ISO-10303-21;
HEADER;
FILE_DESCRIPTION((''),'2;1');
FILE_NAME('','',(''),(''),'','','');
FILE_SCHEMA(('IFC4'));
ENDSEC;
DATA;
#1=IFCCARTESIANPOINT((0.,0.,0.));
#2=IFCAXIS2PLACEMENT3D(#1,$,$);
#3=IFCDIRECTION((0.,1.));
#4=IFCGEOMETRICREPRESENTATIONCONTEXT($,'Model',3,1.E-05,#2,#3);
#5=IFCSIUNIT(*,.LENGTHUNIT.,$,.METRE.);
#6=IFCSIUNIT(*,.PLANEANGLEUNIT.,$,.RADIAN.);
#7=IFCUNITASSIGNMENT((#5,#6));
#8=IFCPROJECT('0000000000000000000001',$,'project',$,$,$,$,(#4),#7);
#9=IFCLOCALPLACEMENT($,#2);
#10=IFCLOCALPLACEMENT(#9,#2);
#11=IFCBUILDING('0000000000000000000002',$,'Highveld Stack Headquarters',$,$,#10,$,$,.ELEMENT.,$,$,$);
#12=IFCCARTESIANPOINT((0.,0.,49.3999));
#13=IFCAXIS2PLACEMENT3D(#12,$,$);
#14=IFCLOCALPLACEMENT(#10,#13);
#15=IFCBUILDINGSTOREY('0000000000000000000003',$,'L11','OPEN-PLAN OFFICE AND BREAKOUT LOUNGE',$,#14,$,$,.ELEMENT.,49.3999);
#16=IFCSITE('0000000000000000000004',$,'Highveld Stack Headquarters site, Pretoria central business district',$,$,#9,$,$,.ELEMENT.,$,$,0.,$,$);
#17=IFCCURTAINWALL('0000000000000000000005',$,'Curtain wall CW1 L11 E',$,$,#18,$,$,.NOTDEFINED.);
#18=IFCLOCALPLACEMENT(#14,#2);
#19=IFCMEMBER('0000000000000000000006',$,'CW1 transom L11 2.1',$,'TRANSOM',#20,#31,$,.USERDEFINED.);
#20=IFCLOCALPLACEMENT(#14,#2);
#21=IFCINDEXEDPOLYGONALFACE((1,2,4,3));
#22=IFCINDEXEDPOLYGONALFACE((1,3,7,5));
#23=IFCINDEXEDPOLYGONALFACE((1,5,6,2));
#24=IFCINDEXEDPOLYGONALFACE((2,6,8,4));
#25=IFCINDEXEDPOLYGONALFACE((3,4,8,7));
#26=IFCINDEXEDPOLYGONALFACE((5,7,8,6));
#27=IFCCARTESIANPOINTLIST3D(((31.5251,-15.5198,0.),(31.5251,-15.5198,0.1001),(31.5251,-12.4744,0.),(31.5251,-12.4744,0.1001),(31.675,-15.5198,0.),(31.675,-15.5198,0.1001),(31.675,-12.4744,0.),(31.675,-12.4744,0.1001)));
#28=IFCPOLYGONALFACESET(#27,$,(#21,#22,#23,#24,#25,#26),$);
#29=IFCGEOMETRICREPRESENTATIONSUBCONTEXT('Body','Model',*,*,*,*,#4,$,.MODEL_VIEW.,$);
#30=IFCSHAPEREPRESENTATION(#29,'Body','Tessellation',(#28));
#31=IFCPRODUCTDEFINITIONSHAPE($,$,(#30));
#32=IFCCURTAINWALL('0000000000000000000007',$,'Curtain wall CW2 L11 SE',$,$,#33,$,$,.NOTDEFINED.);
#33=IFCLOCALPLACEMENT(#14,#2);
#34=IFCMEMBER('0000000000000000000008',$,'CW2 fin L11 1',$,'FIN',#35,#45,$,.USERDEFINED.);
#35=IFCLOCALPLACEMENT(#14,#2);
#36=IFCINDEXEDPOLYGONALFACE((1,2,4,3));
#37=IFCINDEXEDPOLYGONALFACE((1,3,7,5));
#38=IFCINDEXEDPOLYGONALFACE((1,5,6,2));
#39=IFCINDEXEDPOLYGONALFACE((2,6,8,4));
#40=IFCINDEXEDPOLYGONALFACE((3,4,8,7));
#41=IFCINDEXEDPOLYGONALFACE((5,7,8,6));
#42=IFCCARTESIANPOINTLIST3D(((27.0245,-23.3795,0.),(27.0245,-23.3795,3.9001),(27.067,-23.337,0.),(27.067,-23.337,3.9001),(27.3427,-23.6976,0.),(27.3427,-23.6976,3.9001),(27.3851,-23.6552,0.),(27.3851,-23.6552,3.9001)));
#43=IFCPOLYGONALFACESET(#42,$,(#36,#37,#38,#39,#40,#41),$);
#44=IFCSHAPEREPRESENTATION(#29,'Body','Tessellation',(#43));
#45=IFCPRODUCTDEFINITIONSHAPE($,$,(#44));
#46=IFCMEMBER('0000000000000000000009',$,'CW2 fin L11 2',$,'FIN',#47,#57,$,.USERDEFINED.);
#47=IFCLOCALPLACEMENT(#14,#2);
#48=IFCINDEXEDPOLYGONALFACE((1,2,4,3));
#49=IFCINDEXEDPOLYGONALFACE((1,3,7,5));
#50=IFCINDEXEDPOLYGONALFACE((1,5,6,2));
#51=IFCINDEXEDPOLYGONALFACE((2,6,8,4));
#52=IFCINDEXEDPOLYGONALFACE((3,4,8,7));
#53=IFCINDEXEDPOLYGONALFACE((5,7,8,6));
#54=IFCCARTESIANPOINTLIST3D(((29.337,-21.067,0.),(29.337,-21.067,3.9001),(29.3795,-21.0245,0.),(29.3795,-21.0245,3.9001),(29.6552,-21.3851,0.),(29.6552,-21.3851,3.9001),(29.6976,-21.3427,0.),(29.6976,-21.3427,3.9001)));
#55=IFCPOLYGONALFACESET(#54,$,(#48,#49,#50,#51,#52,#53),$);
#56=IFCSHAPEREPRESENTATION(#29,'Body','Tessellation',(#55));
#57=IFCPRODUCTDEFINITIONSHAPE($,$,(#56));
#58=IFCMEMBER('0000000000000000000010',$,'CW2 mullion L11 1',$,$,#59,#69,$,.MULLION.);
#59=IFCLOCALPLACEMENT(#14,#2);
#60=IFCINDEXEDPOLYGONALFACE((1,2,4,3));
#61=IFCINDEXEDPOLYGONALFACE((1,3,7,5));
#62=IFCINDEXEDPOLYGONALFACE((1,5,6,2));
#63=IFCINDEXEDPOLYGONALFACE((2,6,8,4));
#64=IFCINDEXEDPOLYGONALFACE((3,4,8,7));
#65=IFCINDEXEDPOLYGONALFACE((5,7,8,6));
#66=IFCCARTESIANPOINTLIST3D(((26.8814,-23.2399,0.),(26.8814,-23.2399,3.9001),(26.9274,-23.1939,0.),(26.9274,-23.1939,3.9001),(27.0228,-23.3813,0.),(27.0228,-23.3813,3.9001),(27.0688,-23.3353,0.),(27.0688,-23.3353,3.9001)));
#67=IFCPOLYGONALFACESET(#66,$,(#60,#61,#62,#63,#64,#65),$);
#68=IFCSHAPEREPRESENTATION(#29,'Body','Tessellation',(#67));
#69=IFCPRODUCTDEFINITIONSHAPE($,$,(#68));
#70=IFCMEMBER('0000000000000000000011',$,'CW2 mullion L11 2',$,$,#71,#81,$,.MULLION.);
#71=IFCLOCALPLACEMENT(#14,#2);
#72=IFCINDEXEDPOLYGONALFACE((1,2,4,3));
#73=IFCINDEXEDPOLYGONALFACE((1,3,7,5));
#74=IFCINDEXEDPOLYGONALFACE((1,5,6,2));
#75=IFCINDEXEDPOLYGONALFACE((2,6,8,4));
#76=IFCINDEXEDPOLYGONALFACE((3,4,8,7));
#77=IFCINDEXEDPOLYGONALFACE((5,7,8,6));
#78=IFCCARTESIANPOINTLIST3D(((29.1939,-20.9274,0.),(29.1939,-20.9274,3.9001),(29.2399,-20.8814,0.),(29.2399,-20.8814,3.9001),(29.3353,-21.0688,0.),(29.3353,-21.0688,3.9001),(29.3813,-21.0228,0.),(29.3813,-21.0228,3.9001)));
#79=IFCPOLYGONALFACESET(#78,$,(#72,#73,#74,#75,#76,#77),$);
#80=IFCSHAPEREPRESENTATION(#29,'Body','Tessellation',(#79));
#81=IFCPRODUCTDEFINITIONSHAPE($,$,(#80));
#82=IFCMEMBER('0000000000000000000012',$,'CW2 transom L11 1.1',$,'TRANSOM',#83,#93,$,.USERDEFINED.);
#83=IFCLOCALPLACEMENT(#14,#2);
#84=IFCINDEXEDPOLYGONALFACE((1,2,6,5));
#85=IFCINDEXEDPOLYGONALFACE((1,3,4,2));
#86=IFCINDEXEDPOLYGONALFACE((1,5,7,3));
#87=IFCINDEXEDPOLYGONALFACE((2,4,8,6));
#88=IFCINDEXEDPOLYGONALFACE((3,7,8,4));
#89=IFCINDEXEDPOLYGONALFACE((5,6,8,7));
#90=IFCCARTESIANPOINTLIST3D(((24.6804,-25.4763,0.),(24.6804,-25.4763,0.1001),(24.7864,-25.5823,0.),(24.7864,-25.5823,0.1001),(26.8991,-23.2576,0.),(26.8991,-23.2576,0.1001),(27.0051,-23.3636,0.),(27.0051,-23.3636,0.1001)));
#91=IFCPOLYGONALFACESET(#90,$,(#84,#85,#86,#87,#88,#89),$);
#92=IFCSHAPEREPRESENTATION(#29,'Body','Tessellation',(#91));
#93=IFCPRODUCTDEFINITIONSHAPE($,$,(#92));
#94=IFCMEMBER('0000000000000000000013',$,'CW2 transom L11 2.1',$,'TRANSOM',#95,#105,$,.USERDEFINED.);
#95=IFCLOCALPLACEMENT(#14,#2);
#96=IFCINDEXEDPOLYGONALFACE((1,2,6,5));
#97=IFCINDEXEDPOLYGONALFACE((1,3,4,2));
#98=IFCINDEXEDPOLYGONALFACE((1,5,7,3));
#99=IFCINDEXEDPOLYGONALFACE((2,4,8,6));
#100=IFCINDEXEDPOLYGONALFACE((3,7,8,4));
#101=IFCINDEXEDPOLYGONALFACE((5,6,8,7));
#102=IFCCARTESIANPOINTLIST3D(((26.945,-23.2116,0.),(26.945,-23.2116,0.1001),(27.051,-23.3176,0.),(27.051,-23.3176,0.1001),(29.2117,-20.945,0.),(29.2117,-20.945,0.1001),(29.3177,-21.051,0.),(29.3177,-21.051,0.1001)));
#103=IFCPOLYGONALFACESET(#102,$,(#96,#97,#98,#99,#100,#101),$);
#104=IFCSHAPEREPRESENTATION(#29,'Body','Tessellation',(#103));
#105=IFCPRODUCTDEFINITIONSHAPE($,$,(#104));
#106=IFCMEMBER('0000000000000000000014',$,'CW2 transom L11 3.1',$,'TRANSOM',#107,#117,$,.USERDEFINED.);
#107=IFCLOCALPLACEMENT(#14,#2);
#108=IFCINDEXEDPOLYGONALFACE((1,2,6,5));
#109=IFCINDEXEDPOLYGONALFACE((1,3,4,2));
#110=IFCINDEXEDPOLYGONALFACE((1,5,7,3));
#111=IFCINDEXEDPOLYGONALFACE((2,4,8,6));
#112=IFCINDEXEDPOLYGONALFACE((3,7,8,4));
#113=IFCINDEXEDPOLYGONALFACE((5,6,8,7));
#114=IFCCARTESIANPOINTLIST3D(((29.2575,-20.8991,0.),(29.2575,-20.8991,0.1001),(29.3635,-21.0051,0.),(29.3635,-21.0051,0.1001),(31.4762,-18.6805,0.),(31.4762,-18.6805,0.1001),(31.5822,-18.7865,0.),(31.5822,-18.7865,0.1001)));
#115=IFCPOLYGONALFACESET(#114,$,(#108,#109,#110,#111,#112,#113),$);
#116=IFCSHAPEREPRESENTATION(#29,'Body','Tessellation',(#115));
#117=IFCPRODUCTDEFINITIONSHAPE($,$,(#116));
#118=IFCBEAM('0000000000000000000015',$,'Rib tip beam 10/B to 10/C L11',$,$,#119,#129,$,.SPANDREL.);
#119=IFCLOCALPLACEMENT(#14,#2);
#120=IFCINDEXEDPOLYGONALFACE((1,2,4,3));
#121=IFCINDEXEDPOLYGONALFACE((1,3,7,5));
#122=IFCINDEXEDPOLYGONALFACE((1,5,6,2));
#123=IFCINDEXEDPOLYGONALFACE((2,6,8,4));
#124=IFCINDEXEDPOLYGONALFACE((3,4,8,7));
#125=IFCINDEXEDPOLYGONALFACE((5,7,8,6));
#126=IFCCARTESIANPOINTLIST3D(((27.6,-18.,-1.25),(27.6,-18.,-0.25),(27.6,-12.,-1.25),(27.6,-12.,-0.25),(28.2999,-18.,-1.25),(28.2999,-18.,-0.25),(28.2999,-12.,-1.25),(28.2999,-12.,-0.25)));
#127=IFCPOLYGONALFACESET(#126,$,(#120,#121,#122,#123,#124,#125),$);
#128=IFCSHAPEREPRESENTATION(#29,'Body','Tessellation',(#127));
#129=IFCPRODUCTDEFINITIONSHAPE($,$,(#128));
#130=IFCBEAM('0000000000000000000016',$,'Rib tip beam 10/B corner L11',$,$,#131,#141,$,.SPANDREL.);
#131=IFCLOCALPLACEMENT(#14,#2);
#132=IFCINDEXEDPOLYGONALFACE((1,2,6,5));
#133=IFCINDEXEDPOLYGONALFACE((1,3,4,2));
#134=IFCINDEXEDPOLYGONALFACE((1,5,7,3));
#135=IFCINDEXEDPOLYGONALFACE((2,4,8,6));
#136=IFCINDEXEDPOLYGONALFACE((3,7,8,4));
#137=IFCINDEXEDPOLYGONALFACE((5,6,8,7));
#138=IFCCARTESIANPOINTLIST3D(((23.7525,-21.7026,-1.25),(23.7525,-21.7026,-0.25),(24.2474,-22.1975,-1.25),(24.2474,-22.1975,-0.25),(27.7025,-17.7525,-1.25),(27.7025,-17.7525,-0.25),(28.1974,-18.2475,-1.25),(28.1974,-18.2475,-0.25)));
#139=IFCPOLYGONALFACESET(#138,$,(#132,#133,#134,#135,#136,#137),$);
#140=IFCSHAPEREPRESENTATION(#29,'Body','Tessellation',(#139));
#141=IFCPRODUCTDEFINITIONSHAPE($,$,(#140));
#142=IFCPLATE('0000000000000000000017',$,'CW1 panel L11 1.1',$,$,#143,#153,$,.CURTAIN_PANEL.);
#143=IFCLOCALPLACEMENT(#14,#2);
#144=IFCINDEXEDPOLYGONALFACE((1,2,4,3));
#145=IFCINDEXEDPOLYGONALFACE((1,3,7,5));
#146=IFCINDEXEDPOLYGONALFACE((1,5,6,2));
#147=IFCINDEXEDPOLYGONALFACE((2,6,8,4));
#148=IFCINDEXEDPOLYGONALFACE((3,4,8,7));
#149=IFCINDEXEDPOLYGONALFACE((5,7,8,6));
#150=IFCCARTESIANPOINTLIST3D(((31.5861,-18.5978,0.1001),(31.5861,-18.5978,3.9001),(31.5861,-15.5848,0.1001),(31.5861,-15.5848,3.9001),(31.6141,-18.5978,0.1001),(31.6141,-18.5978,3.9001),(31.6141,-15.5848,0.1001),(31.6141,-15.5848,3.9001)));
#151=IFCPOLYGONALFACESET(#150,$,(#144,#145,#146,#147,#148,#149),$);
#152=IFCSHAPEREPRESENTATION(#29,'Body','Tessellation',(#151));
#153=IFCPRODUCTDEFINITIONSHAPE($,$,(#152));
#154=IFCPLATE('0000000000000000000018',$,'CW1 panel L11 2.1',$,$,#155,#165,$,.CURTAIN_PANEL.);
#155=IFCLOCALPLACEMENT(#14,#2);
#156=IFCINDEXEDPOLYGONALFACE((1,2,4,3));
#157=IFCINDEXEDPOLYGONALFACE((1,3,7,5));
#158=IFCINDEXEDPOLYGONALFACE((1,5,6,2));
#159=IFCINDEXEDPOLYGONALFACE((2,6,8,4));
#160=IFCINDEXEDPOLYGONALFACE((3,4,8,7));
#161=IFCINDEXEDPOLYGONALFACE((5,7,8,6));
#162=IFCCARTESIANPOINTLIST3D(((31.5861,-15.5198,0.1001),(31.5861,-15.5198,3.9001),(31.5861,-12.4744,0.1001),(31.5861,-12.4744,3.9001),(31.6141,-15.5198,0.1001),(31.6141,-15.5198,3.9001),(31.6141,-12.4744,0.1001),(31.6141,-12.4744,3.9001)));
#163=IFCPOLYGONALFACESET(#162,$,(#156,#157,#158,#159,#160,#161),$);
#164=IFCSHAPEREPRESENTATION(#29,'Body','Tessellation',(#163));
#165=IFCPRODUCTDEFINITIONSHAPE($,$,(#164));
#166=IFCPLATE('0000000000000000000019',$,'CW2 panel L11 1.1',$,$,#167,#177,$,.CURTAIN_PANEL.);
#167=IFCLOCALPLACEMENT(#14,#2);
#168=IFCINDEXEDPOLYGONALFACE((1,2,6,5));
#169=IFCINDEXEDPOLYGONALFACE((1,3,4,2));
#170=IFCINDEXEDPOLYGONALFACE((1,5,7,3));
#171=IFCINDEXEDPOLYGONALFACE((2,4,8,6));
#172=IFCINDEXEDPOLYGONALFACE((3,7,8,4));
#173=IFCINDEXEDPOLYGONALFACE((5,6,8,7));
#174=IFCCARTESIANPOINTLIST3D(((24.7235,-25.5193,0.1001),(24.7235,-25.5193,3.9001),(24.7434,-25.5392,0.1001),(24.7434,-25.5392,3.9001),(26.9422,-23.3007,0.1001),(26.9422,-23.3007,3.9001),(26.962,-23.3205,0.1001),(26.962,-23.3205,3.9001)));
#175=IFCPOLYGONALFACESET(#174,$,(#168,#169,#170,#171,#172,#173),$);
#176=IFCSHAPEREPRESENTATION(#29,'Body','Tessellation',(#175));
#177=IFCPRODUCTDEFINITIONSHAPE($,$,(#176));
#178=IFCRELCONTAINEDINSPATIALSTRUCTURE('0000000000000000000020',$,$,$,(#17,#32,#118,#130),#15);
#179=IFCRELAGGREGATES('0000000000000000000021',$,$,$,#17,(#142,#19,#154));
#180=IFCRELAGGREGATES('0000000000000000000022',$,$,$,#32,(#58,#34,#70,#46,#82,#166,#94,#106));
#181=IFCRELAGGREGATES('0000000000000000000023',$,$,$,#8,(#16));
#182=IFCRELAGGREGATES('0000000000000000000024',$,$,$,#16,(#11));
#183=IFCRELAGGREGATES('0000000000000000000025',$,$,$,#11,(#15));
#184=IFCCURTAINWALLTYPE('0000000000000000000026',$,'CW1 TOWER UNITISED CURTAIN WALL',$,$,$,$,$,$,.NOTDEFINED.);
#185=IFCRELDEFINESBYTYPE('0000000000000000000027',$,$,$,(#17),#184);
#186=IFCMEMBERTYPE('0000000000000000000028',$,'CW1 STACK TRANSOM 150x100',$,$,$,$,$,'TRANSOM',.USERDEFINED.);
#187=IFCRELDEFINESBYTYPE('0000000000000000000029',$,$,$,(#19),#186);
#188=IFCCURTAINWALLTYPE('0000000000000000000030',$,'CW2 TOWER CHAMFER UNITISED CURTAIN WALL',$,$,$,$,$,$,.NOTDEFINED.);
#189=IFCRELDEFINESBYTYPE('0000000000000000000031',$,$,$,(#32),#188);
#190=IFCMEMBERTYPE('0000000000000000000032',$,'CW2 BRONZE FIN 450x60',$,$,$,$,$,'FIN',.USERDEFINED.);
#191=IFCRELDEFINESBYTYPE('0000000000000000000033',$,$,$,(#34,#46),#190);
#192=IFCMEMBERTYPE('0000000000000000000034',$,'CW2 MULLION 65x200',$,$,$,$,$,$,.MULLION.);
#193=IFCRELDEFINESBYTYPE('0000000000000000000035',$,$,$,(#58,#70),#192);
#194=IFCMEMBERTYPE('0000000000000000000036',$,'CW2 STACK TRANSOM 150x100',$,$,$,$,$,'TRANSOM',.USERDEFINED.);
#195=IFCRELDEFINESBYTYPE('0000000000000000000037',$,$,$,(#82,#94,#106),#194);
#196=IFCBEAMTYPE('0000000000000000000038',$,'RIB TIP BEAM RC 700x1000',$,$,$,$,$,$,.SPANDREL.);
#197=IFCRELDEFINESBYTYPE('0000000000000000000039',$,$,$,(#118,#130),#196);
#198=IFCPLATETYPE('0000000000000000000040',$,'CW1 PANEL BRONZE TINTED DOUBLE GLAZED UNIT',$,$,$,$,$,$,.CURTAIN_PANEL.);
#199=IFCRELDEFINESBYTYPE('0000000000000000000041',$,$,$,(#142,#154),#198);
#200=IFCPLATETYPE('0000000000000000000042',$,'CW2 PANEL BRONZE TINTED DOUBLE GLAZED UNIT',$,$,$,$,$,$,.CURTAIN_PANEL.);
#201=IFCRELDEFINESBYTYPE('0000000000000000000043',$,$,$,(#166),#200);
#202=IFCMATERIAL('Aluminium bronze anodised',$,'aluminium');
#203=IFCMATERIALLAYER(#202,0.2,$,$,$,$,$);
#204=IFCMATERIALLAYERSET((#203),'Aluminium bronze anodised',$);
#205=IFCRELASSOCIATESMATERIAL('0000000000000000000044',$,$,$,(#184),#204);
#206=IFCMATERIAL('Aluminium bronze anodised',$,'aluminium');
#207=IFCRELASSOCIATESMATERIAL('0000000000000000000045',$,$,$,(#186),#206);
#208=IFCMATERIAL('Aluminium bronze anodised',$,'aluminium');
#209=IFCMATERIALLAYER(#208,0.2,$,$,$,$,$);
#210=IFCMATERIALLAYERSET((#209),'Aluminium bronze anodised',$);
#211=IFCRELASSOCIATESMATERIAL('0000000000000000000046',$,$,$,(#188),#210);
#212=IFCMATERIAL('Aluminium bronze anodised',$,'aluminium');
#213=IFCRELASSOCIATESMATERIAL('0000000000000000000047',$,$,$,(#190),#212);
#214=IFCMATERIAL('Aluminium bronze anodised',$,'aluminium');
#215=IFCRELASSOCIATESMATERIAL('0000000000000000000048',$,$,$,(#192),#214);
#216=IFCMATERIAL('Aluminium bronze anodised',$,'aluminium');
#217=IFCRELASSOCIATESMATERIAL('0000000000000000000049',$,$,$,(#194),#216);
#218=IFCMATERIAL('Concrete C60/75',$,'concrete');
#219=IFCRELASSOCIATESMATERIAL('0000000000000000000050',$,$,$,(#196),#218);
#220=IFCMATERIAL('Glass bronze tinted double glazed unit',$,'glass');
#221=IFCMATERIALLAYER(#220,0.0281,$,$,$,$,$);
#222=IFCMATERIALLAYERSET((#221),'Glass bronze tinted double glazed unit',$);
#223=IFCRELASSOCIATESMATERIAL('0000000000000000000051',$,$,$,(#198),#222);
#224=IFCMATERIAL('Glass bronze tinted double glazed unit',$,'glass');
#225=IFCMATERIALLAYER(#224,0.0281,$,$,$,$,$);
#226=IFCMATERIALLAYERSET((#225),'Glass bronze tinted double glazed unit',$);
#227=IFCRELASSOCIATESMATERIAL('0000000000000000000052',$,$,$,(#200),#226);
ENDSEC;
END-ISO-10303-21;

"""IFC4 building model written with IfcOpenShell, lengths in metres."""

from ifc_helpers import new_model, si_unit, direction, frame, origin, origin_2d, place, context, subcontext, project, spatial, rectangle, extrude, material, layer, layer_set, material_profile, profile_set, type_object, element, aggregate, save


model = new_model("IFC4")

# Units and contexts
model_context = context("Model", 3, precision=1e-05, world=origin(), true_north=direction((0.0, 1.0)))
body_context = subcontext(model_context, "Body", "Model", "MODEL_VIEW")
ifc_project = project(units=[si_unit("LENGTHUNIT", "METRE"), si_unit("PLANEANGLEUNIT", "RADIAN")], contexts=[model_context])

# Site, building, storey
site_placement = place(None, origin())
site = spatial("IfcSite", under=ifc_project, at=site_placement, Name="Highveld Stack Headquarters site, Pretoria central business district", CompositionType="ELEMENT", RefElevation=0.0)
building_placement = place(site_placement, origin())
building = spatial("IfcBuilding", under=site, at=building_placement, Name="Highveld Stack Headquarters", CompositionType="ELEMENT")
storey_placement = place(building_placement, frame((0.0, 0.0, 49.3999)))
storey = spatial("IfcBuildingStorey", under=building, at=storey_placement, Name="L11", Description="OPEN-PLAN OFFICE AND BREAKOUT LOUNGE", CompositionType="ELEMENT", Elevation=49.3999)

# Shared definitions
ifc_material_1 = material(Name="Aluminium bronze anodised", Category="aluminium")
ifc_layer_1 = layer(ifc_material_1, 0.2)
ifc_layer_set_1 = layer_set([ifc_layer_1], Name="Aluminium bronze anodised")
curtain_wall_type_1 = type_object("IfcCurtainWallType", Name="CW1 TOWER UNITISED CURTAIN WALL", PredefinedType="NOTDEFINED", material=ifc_layer_set_1)

# Curtain wall
curtain_wall_1_placement = place(storey_placement, origin())
curtain_wall_1 = element("IfcCurtainWall", 1, at=curtain_wall_1_placement, inside=storey, type_object=curtain_wall_type_1, Name="Curtain wall CW1 L11 E", PredefinedType="NOTDEFINED")

# Member
ifc_material_2 = material(Name="Aluminium bronze anodised", Category="aluminium")
ifc_material_profile_1 = material_profile(ifc_material_2, rectangle(XDim=0.1499, YDim=0.1001, at=origin_2d()), Name="CW1 TRANSOM 150x100")
ifc_profile_set_1 = profile_set([ifc_material_profile_1], Name="Aluminium bronze anodised")
member_type_1 = type_object("IfcMemberType", Name="CW1 STACK TRANSOM 150x100", ElementType="TRANSOM", PredefinedType="USERDEFINED", material=ifc_profile_set_1)
member_1_placement = place(storey_placement, frame((31.6001, -15.5198, 0.05), z_axis=(0.0, 1.0, 0.0), x_axis=(-1.0, 0.0, 0.0)))
member_1 = element("IfcMember", 2, at=member_1_placement, type_object=member_type_1, Name="CW1 transom L11 2.1", ObjectType="TRANSOM", PredefinedType="USERDEFINED", context=body_context, shape_type="SweptSolid", body=[
    extrude(rectangle(XDim=0.1499, YDim=0.1001, at=origin_2d()), origin(), (0.0, 0.0, 1.0), 3.0454),
])

# Curtain wall, members
ifc_material_3 = material(Name="Aluminium bronze anodised", Category="aluminium")
ifc_layer_2 = layer(ifc_material_3, 0.2)
ifc_layer_set_2 = layer_set([ifc_layer_2], Name="Aluminium bronze anodised")
curtain_wall_type_2 = type_object("IfcCurtainWallType", Name="CW2 TOWER CHAMFER UNITISED CURTAIN WALL", PredefinedType="NOTDEFINED", material=ifc_layer_set_2)
curtain_wall_2_placement = place(storey_placement, origin())
curtain_wall_2 = element("IfcCurtainWall", 3, at=curtain_wall_2_placement, inside=storey, type_object=curtain_wall_type_2, Name="Curtain wall CW2 L11 SE", PredefinedType="NOTDEFINED")
ifc_material_4 = material(Name="Aluminium bronze anodised", Category="aluminium")
ifc_material_profile_2 = material_profile(ifc_material_4, rectangle(XDim=0.45, YDim=0.0601, at=origin_2d()), Name="FIN 450x60")
ifc_profile_set_2 = profile_set([ifc_material_profile_2], Name="Aluminium bronze anodised")
member_type_2 = type_object("IfcMemberType", Name="CW2 BRONZE FIN 450x60", ElementType="FIN", PredefinedType="USERDEFINED", material=ifc_profile_set_2)
member_2_placement = place(storey_placement, frame((27.2048, -23.5173, 0.0), z_axis=(0.0, 0.0, 1.0), x_axis=(-0.707107, 0.707107, 0.0)))
member_2 = element("IfcMember", 4, at=member_2_placement, type_object=member_type_2, Name="CW2 fin L11 1", ObjectType="FIN", PredefinedType="USERDEFINED", context=body_context, shape_type="SweptSolid", body=[
    extrude(rectangle(XDim=0.45, YDim=0.0601, at=origin_2d()), origin(), (0.0, 0.0, 1.0), 3.9001),
])
member_3_placement = place(storey_placement, frame((29.5173, -21.2048, 0.0), z_axis=(0.0, 0.0, 1.0), x_axis=(-0.707107, 0.707107, 0.0)))
member_3 = element("IfcMember", 5, at=member_3_placement, type_object=member_type_2, Name="CW2 fin L11 2", ObjectType="FIN", PredefinedType="USERDEFINED", context=body_context, shape_type="SweptSolid", body=[
    extrude(rectangle(XDim=0.45, YDim=0.0601, at=origin_2d()), origin(), (0.0, 0.0, 1.0), 3.9001),
])
ifc_material_5 = material(Name="Aluminium bronze anodised", Category="aluminium")
ifc_material_profile_3 = material_profile(ifc_material_5, rectangle(XDim=0.2, YDim=0.0649, at=origin_2d()), Name="CW2 MULLION 65x200")
ifc_profile_set_3 = profile_set([ifc_material_profile_3], Name="Aluminium bronze anodised")
member_type_3 = type_object("IfcMemberType", Name="CW2 MULLION 65x200", PredefinedType="MULLION", material=ifc_profile_set_3)
member_4_placement = place(storey_placement, frame((26.9751, -23.2876, 0.0), z_axis=(0.0, 0.0, 1.0), x_axis=(-0.707107, 0.707107, 0.0)))
member_4 = element("IfcMember", 6, at=member_4_placement, type_object=member_type_3, Name="CW2 mullion L11 1", PredefinedType="MULLION", context=body_context, shape_type="SweptSolid", body=[
    extrude(rectangle(XDim=0.2, YDim=0.0649, at=origin_2d()), origin(), (0.0, 0.0, 1.0), 3.9001),
])
member_5_placement = place(storey_placement, frame((29.2876, -20.9751, 0.0), z_axis=(0.0, 0.0, 1.0), x_axis=(-0.707107, 0.707107, 0.0)))
member_5 = element("IfcMember", 7, at=member_5_placement, type_object=member_type_3, Name="CW2 mullion L11 2", PredefinedType="MULLION", context=body_context, shape_type="SweptSolid", body=[
    extrude(rectangle(XDim=0.2, YDim=0.0649, at=origin_2d()), origin(), (0.0, 0.0, 1.0), 3.9001),
])
ifc_material_6 = material(Name="Aluminium bronze anodised", Category="aluminium")
ifc_material_profile_4 = material_profile(ifc_material_6, rectangle(XDim=0.1499, YDim=0.1001, at=origin_2d()), Name="CW2 TRANSOM 150x100")
ifc_profile_set_4 = profile_set([ifc_material_profile_4], Name="Aluminium bronze anodised")
member_type_4 = type_object("IfcMemberType", Name="CW2 STACK TRANSOM 150x100", ElementType="TRANSOM", PredefinedType="USERDEFINED", material=ifc_profile_set_4)
member_6_placement = place(storey_placement, frame((24.7334, -25.5293, 0.05), z_axis=(0.707107, 0.707107, 0.0), x_axis=(-0.707107, 0.707107, 0.0)))
member_6 = element("IfcMember", 8, at=member_6_placement, type_object=member_type_4, Name="CW2 transom L11 1.1", ObjectType="TRANSOM", PredefinedType="USERDEFINED", context=body_context, shape_type="SweptSolid", body=[
    extrude(rectangle(XDim=0.1499, YDim=0.1001, at=origin_2d()), origin(), (0.0, 0.0, 1.0), 3.1377),
])
member_7_placement = place(storey_placement, frame((26.998, -23.2646, 0.05), z_axis=(0.707107, 0.707107, 0.0), x_axis=(-0.707107, 0.707107, 0.0)))
member_7 = element("IfcMember", 9, at=member_7_placement, type_object=member_type_4, Name="CW2 transom L11 2.1", ObjectType="TRANSOM", PredefinedType="USERDEFINED", context=body_context, shape_type="SweptSolid", body=[
    extrude(rectangle(XDim=0.1499, YDim=0.1001, at=origin_2d()), origin(), (0.0, 0.0, 1.0), 3.2056),
])
member_8_placement = place(storey_placement, frame((29.3105, -20.9521, 0.05), z_axis=(0.707107, 0.707107, 0.0), x_axis=(-0.707107, 0.707107, 0.0)))
member_8 = element("IfcMember", 10, at=member_8_placement, type_object=member_type_4, Name="CW2 transom L11 3.1", ObjectType="TRANSOM", PredefinedType="USERDEFINED", context=body_context, shape_type="SweptSolid", body=[
    extrude(rectangle(XDim=0.1499, YDim=0.1001, at=origin_2d()), origin(), (0.0, 0.0, 1.0), 3.1377),
])

# Beams
ifc_material_7 = material(Name="Concrete C60/75", Category="concrete")
ifc_material_profile_5 = material_profile(ifc_material_7, rectangle(XDim=0.7, YDim=1.0, at=origin_2d()), Name="RC 700x1000")
ifc_profile_set_5 = profile_set([ifc_material_profile_5], Name="Concrete C60/75")
beam_type_1 = type_object("IfcBeamType", Name="RIB TIP BEAM RC 700x1000", PredefinedType="SPANDREL", material=ifc_profile_set_5)
beam_1_placement = place(storey_placement, frame((27.95, -18.0, -0.75), z_axis=(0.0, 1.0, 0.0), x_axis=(-1.0, 0.0, 0.0)))
element("IfcBeam", 11, at=beam_1_placement, inside=storey, type_object=beam_type_1, Name="Rib tip beam 10/B to 10/C L11", PredefinedType="SPANDREL", context=body_context, shape_type="SweptSolid", body=[
    extrude(rectangle(XDim=0.7, YDim=1.0, at=origin_2d()), origin(), (0.0, 0.0, 1.0), 6.0),
])
beam_2_placement = place(storey_placement, frame((27.95, -18.0, -0.75), z_axis=(-0.707107, -0.707107, 0.0), x_axis=(0.707107, -0.707107, 0.0)))
element("IfcBeam", 12, at=beam_2_placement, inside=storey, type_object=beam_type_1, Name="Rib tip beam 10/B corner L11", PredefinedType="SPANDREL", context=body_context, shape_type="SweptSolid", body=[
    extrude(rectangle(XDim=0.7, YDim=1.0, at=origin_2d()), origin(), (0.0, 0.0, 1.0), 5.5862),
])

# Plates
ifc_material_8 = material(Name="Glass bronze tinted double glazed unit", Category="glass")
ifc_layer_3 = layer(ifc_material_8, 0.0281)
ifc_layer_set_3 = layer_set([ifc_layer_3], Name="Glass bronze tinted double glazed unit")
plate_type_1 = type_object("IfcPlateType", Name="CW1 PANEL BRONZE TINTED DOUBLE GLAZED UNIT", PredefinedType="CURTAIN_PANEL", material=ifc_layer_set_3)
plate_1_placement = place(storey_placement, frame((31.6001, -17.0913, 0.1001), z_axis=(0.0, 0.0, 1.0), x_axis=(0.0, 1.0, 0.0)))
plate_1 = element("IfcPlate", 13, at=plate_1_placement, type_object=plate_type_1, Name="CW1 panel L11 1.1", PredefinedType="CURTAIN_PANEL", context=body_context, shape_type="SweptSolid", body=[
    extrude(rectangle(XDim=3.0129, YDim=0.0281, at=origin_2d()), origin(), (0.0, 0.0, 1.0), 3.8),
])
plate_2_placement = place(storey_placement, frame((31.6001, -13.9971, 0.1001), z_axis=(0.0, 0.0, 1.0), x_axis=(0.0, 1.0, 0.0)))
plate_2 = element("IfcPlate", 14, at=plate_2_placement, type_object=plate_type_1, Name="CW1 panel L11 2.1", PredefinedType="CURTAIN_PANEL", context=body_context, shape_type="SweptSolid", body=[
    extrude(rectangle(XDim=3.0454, YDim=0.0281, at=origin_2d()), origin(), (0.0, 0.0, 1.0), 3.8),
])
aggregate(curtain_wall_1, [plate_1, member_1, plate_2])
ifc_material_9 = material(Name="Glass bronze tinted double glazed unit", Category="glass")
ifc_layer_4 = layer(ifc_material_9, 0.0281)
ifc_layer_set_4 = layer_set([ifc_layer_4], Name="Glass bronze tinted double glazed unit")
plate_type_2 = type_object("IfcPlateType", Name="CW2 PANEL BRONZE TINTED DOUBLE GLAZED UNIT", PredefinedType="CURTAIN_PANEL", material=ifc_layer_set_4)
plate_3_placement = place(storey_placement, frame((25.8428, -24.4199, 0.1001), z_axis=(0.0, 0.0, 1.0), x_axis=(0.707107, 0.707107, 0.0)))
plate_3 = element("IfcPlate", 15, at=plate_3_placement, type_object=plate_type_2, Name="CW2 panel L11 1.1", PredefinedType="CURTAIN_PANEL", context=body_context, shape_type="SweptSolid", body=[
    extrude(rectangle(XDim=3.1377, YDim=0.0281, at=origin_2d()), origin(), (0.0, 0.0, 1.0), 3.8),
])
aggregate(curtain_wall_2, [member_4, member_2, member_5, member_3, member_6, plate_3, member_7, member_8])

save(model, "model.ifc")
